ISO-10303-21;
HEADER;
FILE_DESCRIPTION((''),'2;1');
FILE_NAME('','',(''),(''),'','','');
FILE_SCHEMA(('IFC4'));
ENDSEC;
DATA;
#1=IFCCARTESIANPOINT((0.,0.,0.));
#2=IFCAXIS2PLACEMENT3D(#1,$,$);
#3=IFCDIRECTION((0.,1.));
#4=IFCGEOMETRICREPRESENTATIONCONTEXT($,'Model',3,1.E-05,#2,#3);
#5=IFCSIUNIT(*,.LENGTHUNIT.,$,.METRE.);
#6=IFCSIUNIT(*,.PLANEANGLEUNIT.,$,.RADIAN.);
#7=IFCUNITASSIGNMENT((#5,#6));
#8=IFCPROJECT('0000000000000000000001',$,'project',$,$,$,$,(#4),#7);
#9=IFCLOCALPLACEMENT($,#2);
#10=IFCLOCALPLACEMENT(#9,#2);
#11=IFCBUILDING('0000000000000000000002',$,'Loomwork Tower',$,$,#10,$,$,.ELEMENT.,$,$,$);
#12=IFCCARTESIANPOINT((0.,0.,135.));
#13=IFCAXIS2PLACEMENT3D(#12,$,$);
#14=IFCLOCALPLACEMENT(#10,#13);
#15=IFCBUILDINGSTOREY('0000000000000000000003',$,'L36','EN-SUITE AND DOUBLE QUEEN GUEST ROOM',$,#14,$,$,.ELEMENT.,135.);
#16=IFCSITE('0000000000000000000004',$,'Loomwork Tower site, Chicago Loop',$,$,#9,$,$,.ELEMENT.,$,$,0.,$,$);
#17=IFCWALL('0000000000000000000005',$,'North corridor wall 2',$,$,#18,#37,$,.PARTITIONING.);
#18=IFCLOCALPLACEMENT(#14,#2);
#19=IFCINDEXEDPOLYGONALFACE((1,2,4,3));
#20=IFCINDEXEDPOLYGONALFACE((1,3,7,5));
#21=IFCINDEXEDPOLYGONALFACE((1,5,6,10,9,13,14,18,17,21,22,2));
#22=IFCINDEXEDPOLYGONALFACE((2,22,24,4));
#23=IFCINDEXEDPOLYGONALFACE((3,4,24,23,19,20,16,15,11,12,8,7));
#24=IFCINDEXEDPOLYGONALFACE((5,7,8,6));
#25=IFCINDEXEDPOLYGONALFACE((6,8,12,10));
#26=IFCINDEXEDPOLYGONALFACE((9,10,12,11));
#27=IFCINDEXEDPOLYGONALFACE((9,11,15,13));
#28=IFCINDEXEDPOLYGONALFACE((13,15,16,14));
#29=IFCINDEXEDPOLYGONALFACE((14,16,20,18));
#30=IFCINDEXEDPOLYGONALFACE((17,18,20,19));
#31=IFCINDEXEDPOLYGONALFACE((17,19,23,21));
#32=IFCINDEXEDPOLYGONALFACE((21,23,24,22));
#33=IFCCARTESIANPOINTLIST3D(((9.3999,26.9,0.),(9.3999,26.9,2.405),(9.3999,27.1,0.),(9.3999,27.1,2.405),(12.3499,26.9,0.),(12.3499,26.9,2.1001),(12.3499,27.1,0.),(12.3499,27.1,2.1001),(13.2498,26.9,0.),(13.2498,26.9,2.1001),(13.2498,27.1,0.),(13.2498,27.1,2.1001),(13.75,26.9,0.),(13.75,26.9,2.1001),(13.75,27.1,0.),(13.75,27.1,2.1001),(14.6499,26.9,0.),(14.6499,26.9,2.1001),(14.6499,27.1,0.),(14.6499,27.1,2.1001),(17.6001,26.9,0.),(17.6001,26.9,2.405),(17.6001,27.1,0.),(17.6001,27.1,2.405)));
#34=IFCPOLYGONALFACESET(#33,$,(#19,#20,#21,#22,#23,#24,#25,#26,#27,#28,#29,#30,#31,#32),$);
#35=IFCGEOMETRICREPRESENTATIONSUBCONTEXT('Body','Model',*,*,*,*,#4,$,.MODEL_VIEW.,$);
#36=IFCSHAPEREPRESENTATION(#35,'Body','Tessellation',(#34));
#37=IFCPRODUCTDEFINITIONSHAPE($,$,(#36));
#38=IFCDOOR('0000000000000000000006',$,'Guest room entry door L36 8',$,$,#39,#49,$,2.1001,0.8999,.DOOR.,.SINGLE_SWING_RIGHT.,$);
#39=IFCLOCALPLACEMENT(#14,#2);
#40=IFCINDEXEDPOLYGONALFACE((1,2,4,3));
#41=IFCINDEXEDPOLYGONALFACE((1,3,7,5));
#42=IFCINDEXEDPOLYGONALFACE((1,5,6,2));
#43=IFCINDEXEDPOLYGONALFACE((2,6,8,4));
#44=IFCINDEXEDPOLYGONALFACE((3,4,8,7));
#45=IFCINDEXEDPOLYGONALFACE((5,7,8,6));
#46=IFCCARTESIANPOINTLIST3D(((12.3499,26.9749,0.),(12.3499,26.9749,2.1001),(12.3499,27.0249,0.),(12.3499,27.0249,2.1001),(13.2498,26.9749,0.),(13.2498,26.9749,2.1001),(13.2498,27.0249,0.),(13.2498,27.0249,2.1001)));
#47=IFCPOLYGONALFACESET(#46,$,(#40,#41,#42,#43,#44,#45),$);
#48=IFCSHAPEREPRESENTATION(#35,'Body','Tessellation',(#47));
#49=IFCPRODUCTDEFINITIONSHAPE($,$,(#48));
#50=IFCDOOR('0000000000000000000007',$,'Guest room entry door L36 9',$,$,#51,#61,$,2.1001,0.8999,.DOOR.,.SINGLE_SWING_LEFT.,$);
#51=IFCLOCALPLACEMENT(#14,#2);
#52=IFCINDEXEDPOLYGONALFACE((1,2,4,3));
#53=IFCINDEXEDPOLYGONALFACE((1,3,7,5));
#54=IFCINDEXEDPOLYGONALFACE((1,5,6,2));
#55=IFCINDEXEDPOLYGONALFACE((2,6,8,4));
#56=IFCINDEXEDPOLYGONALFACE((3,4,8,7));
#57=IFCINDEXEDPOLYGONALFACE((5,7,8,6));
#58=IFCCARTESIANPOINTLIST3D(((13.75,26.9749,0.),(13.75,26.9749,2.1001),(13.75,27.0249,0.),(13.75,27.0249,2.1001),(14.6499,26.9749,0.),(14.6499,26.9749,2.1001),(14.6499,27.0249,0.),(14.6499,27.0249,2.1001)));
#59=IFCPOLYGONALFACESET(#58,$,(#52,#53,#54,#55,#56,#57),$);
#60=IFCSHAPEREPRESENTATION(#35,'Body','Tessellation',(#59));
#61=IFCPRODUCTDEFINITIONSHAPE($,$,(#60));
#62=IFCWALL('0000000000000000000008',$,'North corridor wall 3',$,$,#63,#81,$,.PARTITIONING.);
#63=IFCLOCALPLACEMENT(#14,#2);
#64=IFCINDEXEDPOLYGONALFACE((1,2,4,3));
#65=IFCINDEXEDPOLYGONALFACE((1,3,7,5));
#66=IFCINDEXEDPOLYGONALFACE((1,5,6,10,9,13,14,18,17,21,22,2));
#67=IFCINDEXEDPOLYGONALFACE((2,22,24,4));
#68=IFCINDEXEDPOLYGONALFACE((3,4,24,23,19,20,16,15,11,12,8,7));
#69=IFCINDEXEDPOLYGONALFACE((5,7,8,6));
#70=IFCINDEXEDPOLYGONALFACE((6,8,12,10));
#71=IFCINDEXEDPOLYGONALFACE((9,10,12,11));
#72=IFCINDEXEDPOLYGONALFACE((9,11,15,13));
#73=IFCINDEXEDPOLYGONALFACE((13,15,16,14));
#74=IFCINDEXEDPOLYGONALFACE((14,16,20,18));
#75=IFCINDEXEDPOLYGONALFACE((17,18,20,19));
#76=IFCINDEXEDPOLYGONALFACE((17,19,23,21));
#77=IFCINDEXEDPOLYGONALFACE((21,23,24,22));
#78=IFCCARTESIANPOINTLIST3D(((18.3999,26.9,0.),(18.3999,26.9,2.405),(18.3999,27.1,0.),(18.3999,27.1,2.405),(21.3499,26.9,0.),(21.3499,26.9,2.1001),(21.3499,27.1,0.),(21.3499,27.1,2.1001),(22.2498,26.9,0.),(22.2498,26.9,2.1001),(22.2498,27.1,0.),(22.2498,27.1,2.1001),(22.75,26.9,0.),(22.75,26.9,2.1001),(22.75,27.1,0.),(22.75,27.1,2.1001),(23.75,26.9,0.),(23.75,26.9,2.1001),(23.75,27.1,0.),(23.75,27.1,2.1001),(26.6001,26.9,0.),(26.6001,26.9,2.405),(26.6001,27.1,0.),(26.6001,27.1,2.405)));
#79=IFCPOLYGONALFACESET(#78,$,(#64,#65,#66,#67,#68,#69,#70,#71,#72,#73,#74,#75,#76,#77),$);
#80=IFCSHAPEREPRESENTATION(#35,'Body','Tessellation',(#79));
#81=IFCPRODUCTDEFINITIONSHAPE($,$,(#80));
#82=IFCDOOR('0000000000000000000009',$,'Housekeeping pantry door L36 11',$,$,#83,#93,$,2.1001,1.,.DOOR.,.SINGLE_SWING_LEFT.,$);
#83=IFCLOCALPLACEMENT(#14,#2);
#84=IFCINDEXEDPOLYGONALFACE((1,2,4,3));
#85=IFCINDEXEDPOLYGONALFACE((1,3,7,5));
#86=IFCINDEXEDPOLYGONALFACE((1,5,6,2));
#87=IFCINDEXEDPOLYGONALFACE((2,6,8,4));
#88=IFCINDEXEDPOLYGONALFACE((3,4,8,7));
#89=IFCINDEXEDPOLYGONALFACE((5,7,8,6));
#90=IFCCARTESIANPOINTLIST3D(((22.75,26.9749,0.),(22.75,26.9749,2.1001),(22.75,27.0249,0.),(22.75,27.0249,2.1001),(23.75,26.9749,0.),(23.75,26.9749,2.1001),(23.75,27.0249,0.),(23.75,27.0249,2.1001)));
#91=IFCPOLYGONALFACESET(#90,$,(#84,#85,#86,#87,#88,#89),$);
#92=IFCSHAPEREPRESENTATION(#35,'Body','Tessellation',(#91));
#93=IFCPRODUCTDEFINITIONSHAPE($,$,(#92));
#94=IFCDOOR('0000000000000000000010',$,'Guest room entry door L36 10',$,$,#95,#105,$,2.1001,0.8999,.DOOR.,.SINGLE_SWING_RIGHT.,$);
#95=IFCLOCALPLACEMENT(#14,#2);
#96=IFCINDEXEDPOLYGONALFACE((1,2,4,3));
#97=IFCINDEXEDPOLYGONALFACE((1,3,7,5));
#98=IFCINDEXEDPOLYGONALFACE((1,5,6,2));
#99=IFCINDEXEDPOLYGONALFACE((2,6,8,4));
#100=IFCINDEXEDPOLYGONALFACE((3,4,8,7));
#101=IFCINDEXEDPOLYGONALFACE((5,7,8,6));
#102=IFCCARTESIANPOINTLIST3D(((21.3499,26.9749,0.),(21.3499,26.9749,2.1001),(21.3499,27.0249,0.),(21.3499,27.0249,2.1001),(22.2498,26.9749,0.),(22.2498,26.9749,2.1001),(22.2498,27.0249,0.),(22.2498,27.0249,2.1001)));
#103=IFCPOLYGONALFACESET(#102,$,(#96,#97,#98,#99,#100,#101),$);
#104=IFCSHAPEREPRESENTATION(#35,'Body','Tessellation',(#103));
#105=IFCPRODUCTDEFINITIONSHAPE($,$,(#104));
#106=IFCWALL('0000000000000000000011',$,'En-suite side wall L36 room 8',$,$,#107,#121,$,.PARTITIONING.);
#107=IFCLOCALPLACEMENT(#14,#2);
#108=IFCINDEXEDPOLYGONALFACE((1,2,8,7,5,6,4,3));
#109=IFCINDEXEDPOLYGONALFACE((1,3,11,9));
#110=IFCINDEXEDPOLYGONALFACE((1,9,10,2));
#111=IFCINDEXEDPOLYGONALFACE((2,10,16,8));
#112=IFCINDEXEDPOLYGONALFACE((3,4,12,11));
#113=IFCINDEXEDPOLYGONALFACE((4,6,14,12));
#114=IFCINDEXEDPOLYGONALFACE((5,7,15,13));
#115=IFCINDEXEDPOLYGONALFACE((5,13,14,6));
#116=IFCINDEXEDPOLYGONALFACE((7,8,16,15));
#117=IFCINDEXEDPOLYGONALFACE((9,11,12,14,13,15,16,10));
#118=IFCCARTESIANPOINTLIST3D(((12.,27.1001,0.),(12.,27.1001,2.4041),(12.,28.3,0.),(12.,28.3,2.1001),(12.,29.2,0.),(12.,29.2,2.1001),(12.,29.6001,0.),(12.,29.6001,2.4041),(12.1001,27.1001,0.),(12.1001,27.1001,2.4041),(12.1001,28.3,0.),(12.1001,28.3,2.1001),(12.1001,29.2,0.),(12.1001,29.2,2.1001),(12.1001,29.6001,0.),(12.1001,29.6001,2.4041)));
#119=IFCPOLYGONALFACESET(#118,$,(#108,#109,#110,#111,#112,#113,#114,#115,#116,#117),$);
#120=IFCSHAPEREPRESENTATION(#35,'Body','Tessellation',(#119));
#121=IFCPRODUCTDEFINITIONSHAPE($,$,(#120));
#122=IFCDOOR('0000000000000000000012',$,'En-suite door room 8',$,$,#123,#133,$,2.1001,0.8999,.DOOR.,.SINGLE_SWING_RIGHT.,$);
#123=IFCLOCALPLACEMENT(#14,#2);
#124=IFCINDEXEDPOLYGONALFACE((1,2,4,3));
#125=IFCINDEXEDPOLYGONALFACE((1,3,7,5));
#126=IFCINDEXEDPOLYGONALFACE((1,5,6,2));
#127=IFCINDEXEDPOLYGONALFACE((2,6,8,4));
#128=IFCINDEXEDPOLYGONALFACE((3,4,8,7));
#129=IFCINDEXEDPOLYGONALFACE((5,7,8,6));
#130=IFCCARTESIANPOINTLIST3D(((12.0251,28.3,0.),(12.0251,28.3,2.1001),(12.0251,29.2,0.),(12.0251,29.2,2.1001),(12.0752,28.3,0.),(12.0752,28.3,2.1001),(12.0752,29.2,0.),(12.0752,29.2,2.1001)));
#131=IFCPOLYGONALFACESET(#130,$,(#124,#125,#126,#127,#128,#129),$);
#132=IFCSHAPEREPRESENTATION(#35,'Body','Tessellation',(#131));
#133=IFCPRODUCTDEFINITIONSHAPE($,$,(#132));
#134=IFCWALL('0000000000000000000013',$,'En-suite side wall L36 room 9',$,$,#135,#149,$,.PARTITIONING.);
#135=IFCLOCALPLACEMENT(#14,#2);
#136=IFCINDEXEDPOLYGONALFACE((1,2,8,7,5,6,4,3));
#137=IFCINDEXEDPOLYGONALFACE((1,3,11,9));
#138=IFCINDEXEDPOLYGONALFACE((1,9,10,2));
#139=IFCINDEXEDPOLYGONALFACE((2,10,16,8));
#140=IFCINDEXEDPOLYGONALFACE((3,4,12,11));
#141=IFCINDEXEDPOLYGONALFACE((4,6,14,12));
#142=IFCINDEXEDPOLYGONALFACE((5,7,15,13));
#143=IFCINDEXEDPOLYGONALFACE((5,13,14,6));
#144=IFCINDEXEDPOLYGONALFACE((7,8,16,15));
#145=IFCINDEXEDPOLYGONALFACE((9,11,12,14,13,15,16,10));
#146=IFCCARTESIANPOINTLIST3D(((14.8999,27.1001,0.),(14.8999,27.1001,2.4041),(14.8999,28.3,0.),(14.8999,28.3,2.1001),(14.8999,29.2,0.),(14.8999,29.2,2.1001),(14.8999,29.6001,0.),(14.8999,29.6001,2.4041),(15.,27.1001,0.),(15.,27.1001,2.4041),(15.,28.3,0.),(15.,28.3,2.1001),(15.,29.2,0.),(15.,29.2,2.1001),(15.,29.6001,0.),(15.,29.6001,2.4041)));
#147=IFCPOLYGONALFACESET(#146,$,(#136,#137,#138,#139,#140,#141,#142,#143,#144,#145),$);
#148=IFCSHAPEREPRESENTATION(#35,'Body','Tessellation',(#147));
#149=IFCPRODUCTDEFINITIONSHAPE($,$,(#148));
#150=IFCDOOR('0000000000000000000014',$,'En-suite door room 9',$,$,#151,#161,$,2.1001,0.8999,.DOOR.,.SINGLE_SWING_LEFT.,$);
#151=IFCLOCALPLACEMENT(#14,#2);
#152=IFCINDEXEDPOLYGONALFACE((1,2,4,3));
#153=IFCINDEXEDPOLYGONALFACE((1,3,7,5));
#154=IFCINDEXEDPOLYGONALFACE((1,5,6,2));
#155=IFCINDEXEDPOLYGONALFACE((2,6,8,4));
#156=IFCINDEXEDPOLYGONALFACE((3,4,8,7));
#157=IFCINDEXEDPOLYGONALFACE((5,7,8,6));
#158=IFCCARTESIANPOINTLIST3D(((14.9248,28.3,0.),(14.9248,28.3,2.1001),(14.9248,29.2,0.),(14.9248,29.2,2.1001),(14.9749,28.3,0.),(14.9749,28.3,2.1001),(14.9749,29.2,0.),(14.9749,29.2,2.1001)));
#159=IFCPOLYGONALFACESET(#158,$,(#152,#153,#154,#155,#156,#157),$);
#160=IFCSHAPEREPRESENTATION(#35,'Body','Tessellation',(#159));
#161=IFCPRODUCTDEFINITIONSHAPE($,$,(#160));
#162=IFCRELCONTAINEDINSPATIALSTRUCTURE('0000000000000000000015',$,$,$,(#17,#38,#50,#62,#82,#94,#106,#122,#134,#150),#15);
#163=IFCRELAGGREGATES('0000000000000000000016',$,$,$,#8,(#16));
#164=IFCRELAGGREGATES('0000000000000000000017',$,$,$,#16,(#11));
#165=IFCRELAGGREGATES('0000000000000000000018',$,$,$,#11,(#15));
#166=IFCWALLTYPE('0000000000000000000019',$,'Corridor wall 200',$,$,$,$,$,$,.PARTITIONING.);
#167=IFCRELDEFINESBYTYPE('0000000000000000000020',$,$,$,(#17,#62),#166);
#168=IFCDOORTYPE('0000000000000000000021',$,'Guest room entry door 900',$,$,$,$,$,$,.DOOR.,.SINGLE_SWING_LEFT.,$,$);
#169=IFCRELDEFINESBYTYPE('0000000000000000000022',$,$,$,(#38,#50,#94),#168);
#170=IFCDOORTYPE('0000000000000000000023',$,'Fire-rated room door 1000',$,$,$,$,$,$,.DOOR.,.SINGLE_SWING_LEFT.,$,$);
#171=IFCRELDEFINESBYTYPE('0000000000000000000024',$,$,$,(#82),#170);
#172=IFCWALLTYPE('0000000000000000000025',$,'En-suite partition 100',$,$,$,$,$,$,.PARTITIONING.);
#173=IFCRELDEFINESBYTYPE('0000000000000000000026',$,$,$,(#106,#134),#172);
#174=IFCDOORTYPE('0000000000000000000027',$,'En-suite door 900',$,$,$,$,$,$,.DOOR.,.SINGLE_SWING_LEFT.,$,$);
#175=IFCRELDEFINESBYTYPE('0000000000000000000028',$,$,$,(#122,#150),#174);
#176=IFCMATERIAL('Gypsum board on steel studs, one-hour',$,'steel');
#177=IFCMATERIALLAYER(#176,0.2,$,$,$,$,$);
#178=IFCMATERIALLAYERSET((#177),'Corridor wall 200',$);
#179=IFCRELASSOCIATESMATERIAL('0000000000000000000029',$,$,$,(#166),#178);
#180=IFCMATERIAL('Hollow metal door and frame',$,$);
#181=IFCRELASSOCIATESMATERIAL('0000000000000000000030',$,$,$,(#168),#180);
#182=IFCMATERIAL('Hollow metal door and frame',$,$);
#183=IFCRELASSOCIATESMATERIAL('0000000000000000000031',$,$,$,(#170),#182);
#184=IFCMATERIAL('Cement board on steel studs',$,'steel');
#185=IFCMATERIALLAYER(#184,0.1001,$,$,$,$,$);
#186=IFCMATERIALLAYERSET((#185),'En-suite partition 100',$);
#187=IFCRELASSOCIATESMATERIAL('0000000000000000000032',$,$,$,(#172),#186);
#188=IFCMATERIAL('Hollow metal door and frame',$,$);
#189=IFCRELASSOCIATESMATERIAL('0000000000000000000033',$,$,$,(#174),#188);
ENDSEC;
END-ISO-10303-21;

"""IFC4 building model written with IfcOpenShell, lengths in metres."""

from ifc_helpers import new_model, si_unit, direction, frame, frame_2d, origin, place, context, subcontext, project, spatial, rectangle, extrude, material, layer, layer_set, type_object, element, fill, save


model = new_model("IFC4")

# Units and contexts
model_context = context("Model", 3, precision=1e-05, world=origin(), true_north=direction((0.0, 1.0)))
body_context = subcontext(model_context, "Body", "Model", "MODEL_VIEW")
ifc_project = project(units=[si_unit("LENGTHUNIT", "METRE"), si_unit("PLANEANGLEUNIT", "RADIAN")], contexts=[model_context])

# Site, building, storey
site_placement = place(None, origin())
site = spatial("IfcSite", under=ifc_project, at=site_placement, Name="Loomwork Tower site, Chicago Loop", CompositionType="ELEMENT", RefElevation=0.0)
building_placement = place(site_placement, origin())
building = spatial("IfcBuilding", under=site, at=building_placement, Name="Loomwork Tower", CompositionType="ELEMENT")
storey_placement = place(building_placement, frame((0.0, 0.0, 135.0)))
storey = spatial("IfcBuildingStorey", under=building, at=storey_placement, Name="L36", Description="EN-SUITE AND DOUBLE QUEEN GUEST ROOM", CompositionType="ELEMENT", Elevation=135.0)

# Walls, openings, doors
ifc_material_1 = material(Name="Gypsum board on steel studs, one-hour", Category="steel")
ifc_layer_1 = layer(ifc_material_1, 0.2)
ifc_layer_set_1 = layer_set([ifc_layer_1], Name="Corridor wall 200")
wall_type_1 = type_object("IfcWallType", Name="Corridor wall 200", PredefinedType="PARTITIONING", material=ifc_layer_set_1)
wall_1_placement = place(storey_placement, frame((9.3999, 27.0, 0.0), z_axis=(0.0, 0.0, 1.0), x_axis=(1.0, 0.0, 0.0)))
wall_1 = element("IfcWall", 1, at=wall_1_placement, inside=storey, type_object=wall_type_1, Name="North corridor wall 2", PredefinedType="PARTITIONING", context=body_context, shape_type="SweptSolid", body=[
    extrude(rectangle(XDim=8.2002, YDim=0.2, at=frame_2d((4.1001, 0.0))), origin(), (0.0, 0.0, 1.0), 2.405),
])
opening_1_placement = place(wall_1_placement, frame((2.95, 0.0, 0.0)))
opening_1 = element("IfcOpeningElement", 2, at=opening_1_placement, cuts=wall_1, PredefinedType="OPENING", context=body_context, shape_type="SweptSolid", body=[
    extrude(rectangle(XDim=0.8999, YDim=2.1001, at=frame_2d((0.45, 1.05))), frame((0.0, 0.1099, 0.0), z_axis=(0.0, -1.0, 0.0), x_axis=(1.0, 0.0, 0.0)), (0.0, 0.0, 1.0), 0.22),
])
opening_2_placement = place(wall_1_placement, frame((4.3501, 0.0, 0.0)))
opening_2 = element("IfcOpeningElement", 3, at=opening_2_placement, cuts=wall_1, PredefinedType="OPENING", context=body_context, shape_type="SweptSolid", body=[
    extrude(rectangle(XDim=0.8999, YDim=2.1001, at=frame_2d((0.45, 1.05))), frame((0.0, 0.1099, 0.0), z_axis=(0.0, -1.0, 0.0), x_axis=(1.0, 0.0, 0.0)), (0.0, 0.0, 1.0), 0.22),
])
ifc_material_2 = material(Name="Hollow metal door and frame")
door_type_1 = type_object("IfcDoorType", Name="Guest room entry door 900", OperationType="SINGLE_SWING_LEFT", PredefinedType="DOOR", material=ifc_material_2)
door_1_placement = place(opening_1_placement, origin())
door_1 = element("IfcDoor", 4, at=door_1_placement, inside=storey, type_object=door_type_1, Name="Guest room entry door L36 8", OperationType="SINGLE_SWING_RIGHT", OverallHeight=2.1001, OverallWidth=0.8999, PredefinedType="DOOR", context=body_context, shape_type="SweptSolid", body=[
    extrude(rectangle(XDim=0.8999, YDim=2.1001, at=frame_2d((0.45, 1.05))), frame((0.0, 0.0249, 0.0), z_axis=(0.0, -1.0, 0.0), x_axis=(1.0, 0.0, 0.0)), (0.0, 0.0, 1.0), 0.05),
])
fill(opening_1, door_1)
door_2_placement = place(opening_2_placement, origin())
door_2 = element("IfcDoor", 5, at=door_2_placement, inside=storey, type_object=door_type_1, Name="Guest room entry door L36 9", OperationType="SINGLE_SWING_LEFT", OverallHeight=2.1001, OverallWidth=0.8999, PredefinedType="DOOR", context=body_context, shape_type="SweptSolid", body=[
    extrude(rectangle(XDim=0.8999, YDim=2.1001, at=frame_2d((0.45, 1.05))), frame((0.0, 0.0249, 0.0), z_axis=(0.0, -1.0, 0.0), x_axis=(1.0, 0.0, 0.0)), (0.0, 0.0, 1.0), 0.05),
])
fill(opening_2, door_2)
wall_2_placement = place(storey_placement, frame((18.3999, 27.0, 0.0), z_axis=(0.0, 0.0, 1.0), x_axis=(1.0, 0.0, 0.0)))
wall_2 = element("IfcWall", 6, at=wall_2_placement, inside=storey, type_object=wall_type_1, Name="North corridor wall 3", PredefinedType="PARTITIONING", context=body_context, shape_type="SweptSolid", body=[
    extrude(rectangle(XDim=8.2002, YDim=0.2, at=frame_2d((4.1001, 0.0))), origin(), (0.0, 0.0, 1.0), 2.405),
])
opening_3_placement = place(wall_2_placement, frame((2.95, 0.0, 0.0)))
opening_3 = element("IfcOpeningElement", 7, at=opening_3_placement, cuts=wall_2, PredefinedType="OPENING", context=body_context, shape_type="SweptSolid", body=[
    extrude(rectangle(XDim=0.8999, YDim=2.1001, at=frame_2d((0.45, 1.05))), frame((0.0, 0.1099, 0.0), z_axis=(0.0, -1.0, 0.0), x_axis=(1.0, 0.0, 0.0)), (0.0, 0.0, 1.0), 0.22),
])
opening_4_placement = place(wall_2_placement, frame((4.3501, 0.0, 0.0)))
opening_4 = element("IfcOpeningElement", 8, at=opening_4_placement, cuts=wall_2, PredefinedType="OPENING", context=body_context, shape_type="SweptSolid", body=[
    extrude(rectangle(XDim=1.0, YDim=2.1001, at=frame_2d((0.5, 1.05))), frame((0.0, 0.1099, 0.0), z_axis=(0.0, -1.0, 0.0), x_axis=(1.0, 0.0, 0.0)), (0.0, 0.0, 1.0), 0.22),
])
ifc_material_3 = material(Name="Hollow metal door and frame")
door_type_2 = type_object("IfcDoorType", Name="Fire-rated room door 1000", OperationType="SINGLE_SWING_LEFT", PredefinedType="DOOR", material=ifc_material_3)
door_3_placement = place(opening_4_placement, origin())
door_3 = element("IfcDoor", 9, at=door_3_placement, inside=storey, type_object=door_type_2, Name="Housekeeping pantry door L36 11", OperationType="SINGLE_SWING_LEFT", OverallHeight=2.1001, OverallWidth=1.0, PredefinedType="DOOR", context=body_context, shape_type="SweptSolid", body=[
    extrude(rectangle(XDim=1.0, YDim=2.1001, at=frame_2d((0.5, 1.05))), frame((0.0, 0.0249, 0.0), z_axis=(0.0, -1.0, 0.0), x_axis=(1.0, 0.0, 0.0)), (0.0, 0.0, 1.0), 0.05),
])
fill(opening_4, door_3)
door_4_placement = place(opening_3_placement, origin())
door_4 = element("IfcDoor", 10, at=door_4_placement, inside=storey, type_object=door_type_1, Name="Guest room entry door L36 10", OperationType="SINGLE_SWING_RIGHT", OverallHeight=2.1001, OverallWidth=0.8999, PredefinedType="DOOR", context=body_context, shape_type="SweptSolid", body=[
    extrude(rectangle(XDim=0.8999, YDim=2.1001, at=frame_2d((0.45, 1.05))), frame((0.0, 0.0249, 0.0), z_axis=(0.0, -1.0, 0.0), x_axis=(1.0, 0.0, 0.0)), (0.0, 0.0, 1.0), 0.05),
])
fill(opening_3, door_4)

# Walls, openings, doors
ifc_material_4 = material(Name="Cement board on steel studs", Category="steel")
ifc_layer_2 = layer(ifc_material_4, 0.1001)
ifc_layer_set_2 = layer_set([ifc_layer_2], Name="En-suite partition 100")
wall_type_2 = type_object("IfcWallType", Name="En-suite partition 100", PredefinedType="PARTITIONING", material=ifc_layer_set_2)
wall_3_placement = place(storey_placement, frame((12.05, 27.1001, 0.0), z_axis=(0.0, 0.0, 1.0), x_axis=(0.0, 1.0, 0.0)))
wall_3 = element("IfcWall", 11, at=wall_3_placement, inside=storey, type_object=wall_type_2, Name="En-suite side wall L36 room 8", PredefinedType="PARTITIONING", context=body_context, shape_type="SweptSolid", body=[
    extrude(rectangle(XDim=2.5, YDim=0.1001, at=frame_2d((1.25, 0.0))), origin(), (0.0, 0.0, 1.0), 2.4041),
])
opening_5_placement = place(wall_3_placement, frame((1.2, 0.0, 0.0)))
opening_5 = element("IfcOpeningElement", 12, at=opening_5_placement, cuts=wall_3, PredefinedType="OPENING", context=body_context, shape_type="SweptSolid", body=[
    extrude(rectangle(XDim=0.8999, YDim=2.1001, at=frame_2d((0.45, 1.05))), frame((0.0, 0.0601, 0.0), z_axis=(0.0, -1.0, 0.0), x_axis=(1.0, 0.0, 0.0)), (0.0, 0.0, 1.0), 0.1201),
])
ifc_material_5 = material(Name="Hollow metal door and frame")
door_type_3 = type_object("IfcDoorType", Name="En-suite door 900", OperationType="SINGLE_SWING_LEFT", PredefinedType="DOOR", material=ifc_material_5)
door_5_placement = place(opening_5_placement, origin())
door_5 = element("IfcDoor", 13, at=door_5_placement, inside=storey, type_object=door_type_3, Name="En-suite door room 8", OperationType="SINGLE_SWING_RIGHT", OverallHeight=2.1001, OverallWidth=0.8999, PredefinedType="DOOR", context=body_context, shape_type="SweptSolid", body=[
    extrude(rectangle(XDim=0.8999, YDim=2.1001, at=frame_2d((0.45, 1.05))), frame((0.0, 0.0249, 0.0), z_axis=(0.0, -1.0, 0.0), x_axis=(1.0, 0.0, 0.0)), (0.0, 0.0, 1.0), 0.05),
])
fill(opening_5, door_5)
wall_4_placement = place(storey_placement, frame((14.95, 27.1001, 0.0), z_axis=(0.0, 0.0, 1.0), x_axis=(0.0, 1.0, 0.0)))
wall_4 = element("IfcWall", 14, at=wall_4_placement, inside=storey, type_object=wall_type_2, Name="En-suite side wall L36 room 9", PredefinedType="PARTITIONING", context=body_context, shape_type="SweptSolid", body=[
    extrude(rectangle(XDim=2.5, YDim=0.1001, at=frame_2d((1.25, 0.0))), origin(), (0.0, 0.0, 1.0), 2.4041),
])
opening_6_placement = place(wall_4_placement, frame((1.2, 0.0, 0.0)))
opening_6 = element("IfcOpeningElement", 15, at=opening_6_placement, cuts=wall_4, PredefinedType="OPENING", context=body_context, shape_type="SweptSolid", body=[
    extrude(rectangle(XDim=0.8999, YDim=2.1001, at=frame_2d((0.45, 1.05))), frame((0.0, 0.0601, 0.0), z_axis=(0.0, -1.0, 0.0), x_axis=(1.0, 0.0, 0.0)), (0.0, 0.0, 1.0), 0.1201),
])
door_6_placement = place(opening_6_placement, frame((0.8999, 0.0, 0.0), z_axis=(0.0, 0.0, 1.0), x_axis=(-1.0, 0.0, 0.0)))
door_6 = element("IfcDoor", 16, at=door_6_placement, inside=storey, type_object=door_type_3, Name="En-suite door room 9", OperationType="SINGLE_SWING_LEFT", OverallHeight=2.1001, OverallWidth=0.8999, PredefinedType="DOOR", context=body_context, shape_type="SweptSolid", body=[
    extrude(rectangle(XDim=0.8999, YDim=2.1001, at=frame_2d((0.45, 1.05))), frame((0.0, 0.0249, 0.0), z_axis=(0.0, -1.0, 0.0), x_axis=(1.0, 0.0, 0.0)), (0.0, 0.0, 1.0), 0.05),
])
fill(opening_6, door_6)

save(model, "model.ifc")
